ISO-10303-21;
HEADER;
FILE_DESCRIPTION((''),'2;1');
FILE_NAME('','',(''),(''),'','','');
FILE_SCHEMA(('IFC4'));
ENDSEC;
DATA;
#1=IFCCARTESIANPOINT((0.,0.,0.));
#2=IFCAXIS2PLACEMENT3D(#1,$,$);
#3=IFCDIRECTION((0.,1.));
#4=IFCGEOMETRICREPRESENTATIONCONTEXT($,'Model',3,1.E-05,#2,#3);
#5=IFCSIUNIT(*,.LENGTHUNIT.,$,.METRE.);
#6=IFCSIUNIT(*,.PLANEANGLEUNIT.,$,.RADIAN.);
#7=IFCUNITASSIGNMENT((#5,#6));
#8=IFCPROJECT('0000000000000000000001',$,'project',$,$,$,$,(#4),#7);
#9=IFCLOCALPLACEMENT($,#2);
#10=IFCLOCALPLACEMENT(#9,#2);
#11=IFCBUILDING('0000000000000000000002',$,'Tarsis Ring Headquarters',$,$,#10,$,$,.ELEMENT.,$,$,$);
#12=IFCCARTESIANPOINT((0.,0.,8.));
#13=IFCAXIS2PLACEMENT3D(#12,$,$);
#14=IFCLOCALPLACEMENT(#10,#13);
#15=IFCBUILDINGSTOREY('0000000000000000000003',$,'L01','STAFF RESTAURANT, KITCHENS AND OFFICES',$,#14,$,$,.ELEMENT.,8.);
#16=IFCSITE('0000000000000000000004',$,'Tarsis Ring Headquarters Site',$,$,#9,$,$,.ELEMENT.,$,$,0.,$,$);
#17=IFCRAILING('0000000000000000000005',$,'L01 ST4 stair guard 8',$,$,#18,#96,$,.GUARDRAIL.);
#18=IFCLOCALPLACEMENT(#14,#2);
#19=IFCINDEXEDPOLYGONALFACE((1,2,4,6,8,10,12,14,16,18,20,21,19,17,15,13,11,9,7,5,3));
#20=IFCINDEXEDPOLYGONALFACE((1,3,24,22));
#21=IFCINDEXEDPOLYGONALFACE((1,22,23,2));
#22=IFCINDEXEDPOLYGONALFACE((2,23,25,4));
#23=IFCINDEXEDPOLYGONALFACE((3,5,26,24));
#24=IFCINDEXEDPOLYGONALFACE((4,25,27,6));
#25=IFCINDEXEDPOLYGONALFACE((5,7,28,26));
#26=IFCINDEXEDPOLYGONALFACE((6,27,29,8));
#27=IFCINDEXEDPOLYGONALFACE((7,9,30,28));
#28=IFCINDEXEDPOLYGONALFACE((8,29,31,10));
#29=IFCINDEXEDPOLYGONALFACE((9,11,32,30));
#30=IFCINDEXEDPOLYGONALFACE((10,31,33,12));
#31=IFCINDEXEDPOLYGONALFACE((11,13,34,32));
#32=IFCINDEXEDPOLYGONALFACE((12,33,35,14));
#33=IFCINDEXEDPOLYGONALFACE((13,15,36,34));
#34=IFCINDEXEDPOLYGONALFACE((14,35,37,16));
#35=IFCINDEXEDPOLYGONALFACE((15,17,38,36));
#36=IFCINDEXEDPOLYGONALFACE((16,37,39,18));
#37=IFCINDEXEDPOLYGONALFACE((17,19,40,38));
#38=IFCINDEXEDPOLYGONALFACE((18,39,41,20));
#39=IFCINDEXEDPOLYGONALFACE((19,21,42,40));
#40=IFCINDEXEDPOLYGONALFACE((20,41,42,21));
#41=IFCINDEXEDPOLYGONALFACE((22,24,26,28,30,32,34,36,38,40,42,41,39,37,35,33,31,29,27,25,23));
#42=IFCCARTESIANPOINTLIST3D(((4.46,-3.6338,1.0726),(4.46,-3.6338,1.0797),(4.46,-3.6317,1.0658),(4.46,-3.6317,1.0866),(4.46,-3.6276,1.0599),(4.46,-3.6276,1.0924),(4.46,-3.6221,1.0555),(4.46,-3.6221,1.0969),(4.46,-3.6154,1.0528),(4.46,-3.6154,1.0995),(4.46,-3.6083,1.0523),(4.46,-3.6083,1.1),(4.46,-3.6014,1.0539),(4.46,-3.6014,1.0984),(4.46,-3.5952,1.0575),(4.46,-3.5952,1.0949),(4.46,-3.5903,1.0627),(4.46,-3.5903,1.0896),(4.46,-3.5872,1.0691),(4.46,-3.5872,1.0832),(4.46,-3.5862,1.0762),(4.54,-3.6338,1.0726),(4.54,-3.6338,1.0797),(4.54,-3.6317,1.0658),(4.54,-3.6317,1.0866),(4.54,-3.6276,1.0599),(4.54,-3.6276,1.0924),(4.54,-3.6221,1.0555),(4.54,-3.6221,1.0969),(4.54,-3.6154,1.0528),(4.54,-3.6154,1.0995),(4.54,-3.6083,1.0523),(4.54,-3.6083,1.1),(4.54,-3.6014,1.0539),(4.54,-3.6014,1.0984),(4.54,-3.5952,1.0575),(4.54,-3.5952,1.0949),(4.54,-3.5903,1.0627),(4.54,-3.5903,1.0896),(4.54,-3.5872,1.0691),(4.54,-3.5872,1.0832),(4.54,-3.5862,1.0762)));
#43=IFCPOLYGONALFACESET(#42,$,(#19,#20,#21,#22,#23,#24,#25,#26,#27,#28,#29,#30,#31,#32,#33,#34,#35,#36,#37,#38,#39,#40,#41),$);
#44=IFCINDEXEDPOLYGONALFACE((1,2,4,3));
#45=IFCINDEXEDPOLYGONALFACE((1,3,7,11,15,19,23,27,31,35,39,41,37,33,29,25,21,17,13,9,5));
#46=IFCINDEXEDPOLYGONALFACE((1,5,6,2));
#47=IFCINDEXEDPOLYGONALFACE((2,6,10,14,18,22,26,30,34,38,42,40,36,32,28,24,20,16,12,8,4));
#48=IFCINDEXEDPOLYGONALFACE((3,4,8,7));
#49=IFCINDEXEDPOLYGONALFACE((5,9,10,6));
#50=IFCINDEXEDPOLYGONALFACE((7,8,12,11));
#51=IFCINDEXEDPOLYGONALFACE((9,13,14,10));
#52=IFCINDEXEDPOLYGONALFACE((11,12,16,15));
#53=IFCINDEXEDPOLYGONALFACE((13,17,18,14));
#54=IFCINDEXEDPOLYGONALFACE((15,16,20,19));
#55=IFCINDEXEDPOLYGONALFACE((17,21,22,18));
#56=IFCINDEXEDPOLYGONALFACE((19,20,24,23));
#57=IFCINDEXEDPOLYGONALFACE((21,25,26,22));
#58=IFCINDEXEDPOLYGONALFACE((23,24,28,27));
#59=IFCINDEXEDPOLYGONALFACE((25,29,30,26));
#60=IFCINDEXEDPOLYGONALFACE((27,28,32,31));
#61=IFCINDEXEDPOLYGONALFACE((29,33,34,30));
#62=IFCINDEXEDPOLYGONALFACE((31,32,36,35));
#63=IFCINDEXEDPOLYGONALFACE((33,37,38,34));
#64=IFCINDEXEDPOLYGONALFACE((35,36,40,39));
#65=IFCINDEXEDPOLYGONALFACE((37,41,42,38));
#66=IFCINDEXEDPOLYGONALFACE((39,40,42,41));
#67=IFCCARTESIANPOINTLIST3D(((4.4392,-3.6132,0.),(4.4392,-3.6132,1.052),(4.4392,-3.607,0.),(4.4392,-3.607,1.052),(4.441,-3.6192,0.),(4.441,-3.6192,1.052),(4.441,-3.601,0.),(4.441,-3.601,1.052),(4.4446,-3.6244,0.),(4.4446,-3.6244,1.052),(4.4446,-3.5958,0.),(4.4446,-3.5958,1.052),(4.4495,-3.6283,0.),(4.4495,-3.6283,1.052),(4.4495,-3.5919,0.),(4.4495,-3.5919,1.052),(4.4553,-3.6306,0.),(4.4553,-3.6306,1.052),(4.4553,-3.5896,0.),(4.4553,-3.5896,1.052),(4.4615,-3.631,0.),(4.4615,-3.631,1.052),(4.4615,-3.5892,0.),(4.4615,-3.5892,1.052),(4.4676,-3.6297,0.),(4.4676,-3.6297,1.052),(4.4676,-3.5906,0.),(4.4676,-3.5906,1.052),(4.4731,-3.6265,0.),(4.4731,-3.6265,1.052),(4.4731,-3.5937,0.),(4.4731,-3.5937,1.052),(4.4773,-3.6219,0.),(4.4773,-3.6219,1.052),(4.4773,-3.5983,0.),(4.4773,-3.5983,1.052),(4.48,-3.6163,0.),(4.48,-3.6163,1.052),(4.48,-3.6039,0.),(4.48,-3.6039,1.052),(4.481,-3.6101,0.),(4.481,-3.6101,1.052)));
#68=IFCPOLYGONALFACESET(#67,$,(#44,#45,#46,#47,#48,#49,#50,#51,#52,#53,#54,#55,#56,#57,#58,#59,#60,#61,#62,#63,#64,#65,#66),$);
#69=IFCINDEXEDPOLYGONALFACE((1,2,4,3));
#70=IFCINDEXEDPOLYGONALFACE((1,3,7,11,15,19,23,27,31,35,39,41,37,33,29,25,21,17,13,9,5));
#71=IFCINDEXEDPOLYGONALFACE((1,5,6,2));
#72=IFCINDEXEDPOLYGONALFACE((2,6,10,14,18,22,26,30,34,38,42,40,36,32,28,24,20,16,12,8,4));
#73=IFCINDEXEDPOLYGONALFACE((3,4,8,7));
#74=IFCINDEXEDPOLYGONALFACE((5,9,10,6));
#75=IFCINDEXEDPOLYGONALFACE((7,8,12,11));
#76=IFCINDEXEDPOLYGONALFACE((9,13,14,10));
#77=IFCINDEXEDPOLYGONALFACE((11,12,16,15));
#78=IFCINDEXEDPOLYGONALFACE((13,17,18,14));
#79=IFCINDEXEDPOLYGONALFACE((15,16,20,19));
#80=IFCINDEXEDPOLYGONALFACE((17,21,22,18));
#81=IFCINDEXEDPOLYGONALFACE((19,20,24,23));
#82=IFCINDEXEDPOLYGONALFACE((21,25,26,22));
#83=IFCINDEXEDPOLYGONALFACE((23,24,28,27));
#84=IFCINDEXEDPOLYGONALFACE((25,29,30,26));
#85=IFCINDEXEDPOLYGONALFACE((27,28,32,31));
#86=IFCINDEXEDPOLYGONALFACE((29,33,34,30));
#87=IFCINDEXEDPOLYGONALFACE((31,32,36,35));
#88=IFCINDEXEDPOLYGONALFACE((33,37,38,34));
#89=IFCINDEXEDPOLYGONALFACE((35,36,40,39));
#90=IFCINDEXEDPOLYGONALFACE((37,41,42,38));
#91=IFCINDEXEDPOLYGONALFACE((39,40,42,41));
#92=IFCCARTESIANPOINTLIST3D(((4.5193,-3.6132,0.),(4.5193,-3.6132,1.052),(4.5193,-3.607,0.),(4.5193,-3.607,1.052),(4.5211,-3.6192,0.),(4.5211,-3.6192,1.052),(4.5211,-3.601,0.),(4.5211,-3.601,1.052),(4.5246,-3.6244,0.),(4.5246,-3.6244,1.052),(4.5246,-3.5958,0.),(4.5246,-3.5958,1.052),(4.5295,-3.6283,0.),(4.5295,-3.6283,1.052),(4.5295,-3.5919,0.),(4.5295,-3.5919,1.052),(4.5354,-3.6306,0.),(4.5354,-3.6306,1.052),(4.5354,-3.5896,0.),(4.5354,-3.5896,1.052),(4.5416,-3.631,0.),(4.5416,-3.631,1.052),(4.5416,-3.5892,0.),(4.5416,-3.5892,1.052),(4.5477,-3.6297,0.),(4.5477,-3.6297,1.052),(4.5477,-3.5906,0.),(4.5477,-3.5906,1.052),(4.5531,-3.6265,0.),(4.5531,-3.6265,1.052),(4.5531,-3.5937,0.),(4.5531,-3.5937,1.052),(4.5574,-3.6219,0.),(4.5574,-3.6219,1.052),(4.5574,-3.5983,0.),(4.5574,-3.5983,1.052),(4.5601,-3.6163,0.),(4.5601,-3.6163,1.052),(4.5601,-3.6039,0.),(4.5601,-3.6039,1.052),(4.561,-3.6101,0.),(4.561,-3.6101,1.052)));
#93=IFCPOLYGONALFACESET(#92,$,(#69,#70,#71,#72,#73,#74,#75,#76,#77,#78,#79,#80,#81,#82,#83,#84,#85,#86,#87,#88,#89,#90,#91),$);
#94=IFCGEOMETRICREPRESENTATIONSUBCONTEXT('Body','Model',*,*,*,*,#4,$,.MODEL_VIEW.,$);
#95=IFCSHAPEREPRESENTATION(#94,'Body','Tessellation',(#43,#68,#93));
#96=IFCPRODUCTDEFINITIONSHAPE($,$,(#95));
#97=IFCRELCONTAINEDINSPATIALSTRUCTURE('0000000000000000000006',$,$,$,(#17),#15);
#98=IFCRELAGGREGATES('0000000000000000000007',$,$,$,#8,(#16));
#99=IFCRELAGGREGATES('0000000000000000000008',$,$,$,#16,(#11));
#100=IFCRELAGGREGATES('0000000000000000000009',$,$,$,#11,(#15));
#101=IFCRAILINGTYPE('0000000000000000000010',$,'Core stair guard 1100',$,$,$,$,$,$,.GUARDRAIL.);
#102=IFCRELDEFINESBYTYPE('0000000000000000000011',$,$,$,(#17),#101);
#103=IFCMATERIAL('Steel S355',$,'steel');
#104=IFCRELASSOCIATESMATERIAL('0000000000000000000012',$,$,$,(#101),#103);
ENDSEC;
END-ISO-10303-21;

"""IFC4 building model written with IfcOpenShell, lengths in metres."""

from ifc_helpers import new_model, si_unit, direction, frame, origin, origin_2d, place, context, subcontext, project, spatial, circle, extrude, material, type_object, element, save


model = new_model("IFC4")

# Units and contexts
model_context = context("Model", 3, precision=1e-05, world=origin(), true_north=direction((0.0, 1.0)))
body_context = subcontext(model_context, "Body", "Model", "MODEL_VIEW")
ifc_project = project(units=[si_unit("LENGTHUNIT", "METRE"), si_unit("PLANEANGLEUNIT", "RADIAN")], contexts=[model_context])

# Site, building, storey
site_placement = place(None, origin())
site = spatial("IfcSite", under=ifc_project, at=site_placement, Name="Tarsis Ring Headquarters Site", CompositionType="ELEMENT", RefElevation=0.0)
building_placement = place(site_placement, origin())
building = spatial("IfcBuilding", under=site, at=building_placement, Name="Tarsis Ring Headquarters", CompositionType="ELEMENT")
storey_placement = place(building_placement, frame((0.0, 0.0, 8.0)))
storey = spatial("IfcBuildingStorey", under=building, at=storey_placement, Name="L01", Description="STAFF RESTAURANT, KITCHENS AND OFFICES", CompositionType="ELEMENT", Elevation=8.0)

# Railing
ifc_material_1 = material(Name="Steel S355", Category="steel")
railing_type_1 = type_object("IfcRailingType", Name="Core stair guard 1100", PredefinedType="GUARDRAIL", material=ifc_material_1)
railing_1_placement = place(storey_placement, frame((4.46, -3.6101, 0.0)))
element("IfcRailing", 1, at=railing_1_placement, inside=storey, type_object=railing_type_1, Name="L01 ST4 stair guard 8", PredefinedType="GUARDRAIL", context=body_context, shape_type="SweptSolid", body=[
    extrude(circle(Radius=0.0239, at=origin_2d()), frame((0.0, 0.0, 1.0762), z_axis=(1.0, 0.0, 0.0), x_axis=(0.0, 1.0, 0.0)), (0.0, 0.0, 1.0), 0.0801),
    extrude(circle(Radius=0.021, at=origin_2d()), origin(), (0.0, 0.0, 1.0), 1.052),
    extrude(circle(Radius=0.021, at=origin_2d()), frame((0.0801, 0.0, 0.0)), (0.0, 0.0, 1.0), 1.052),
])

save(model, "model.ifc")
